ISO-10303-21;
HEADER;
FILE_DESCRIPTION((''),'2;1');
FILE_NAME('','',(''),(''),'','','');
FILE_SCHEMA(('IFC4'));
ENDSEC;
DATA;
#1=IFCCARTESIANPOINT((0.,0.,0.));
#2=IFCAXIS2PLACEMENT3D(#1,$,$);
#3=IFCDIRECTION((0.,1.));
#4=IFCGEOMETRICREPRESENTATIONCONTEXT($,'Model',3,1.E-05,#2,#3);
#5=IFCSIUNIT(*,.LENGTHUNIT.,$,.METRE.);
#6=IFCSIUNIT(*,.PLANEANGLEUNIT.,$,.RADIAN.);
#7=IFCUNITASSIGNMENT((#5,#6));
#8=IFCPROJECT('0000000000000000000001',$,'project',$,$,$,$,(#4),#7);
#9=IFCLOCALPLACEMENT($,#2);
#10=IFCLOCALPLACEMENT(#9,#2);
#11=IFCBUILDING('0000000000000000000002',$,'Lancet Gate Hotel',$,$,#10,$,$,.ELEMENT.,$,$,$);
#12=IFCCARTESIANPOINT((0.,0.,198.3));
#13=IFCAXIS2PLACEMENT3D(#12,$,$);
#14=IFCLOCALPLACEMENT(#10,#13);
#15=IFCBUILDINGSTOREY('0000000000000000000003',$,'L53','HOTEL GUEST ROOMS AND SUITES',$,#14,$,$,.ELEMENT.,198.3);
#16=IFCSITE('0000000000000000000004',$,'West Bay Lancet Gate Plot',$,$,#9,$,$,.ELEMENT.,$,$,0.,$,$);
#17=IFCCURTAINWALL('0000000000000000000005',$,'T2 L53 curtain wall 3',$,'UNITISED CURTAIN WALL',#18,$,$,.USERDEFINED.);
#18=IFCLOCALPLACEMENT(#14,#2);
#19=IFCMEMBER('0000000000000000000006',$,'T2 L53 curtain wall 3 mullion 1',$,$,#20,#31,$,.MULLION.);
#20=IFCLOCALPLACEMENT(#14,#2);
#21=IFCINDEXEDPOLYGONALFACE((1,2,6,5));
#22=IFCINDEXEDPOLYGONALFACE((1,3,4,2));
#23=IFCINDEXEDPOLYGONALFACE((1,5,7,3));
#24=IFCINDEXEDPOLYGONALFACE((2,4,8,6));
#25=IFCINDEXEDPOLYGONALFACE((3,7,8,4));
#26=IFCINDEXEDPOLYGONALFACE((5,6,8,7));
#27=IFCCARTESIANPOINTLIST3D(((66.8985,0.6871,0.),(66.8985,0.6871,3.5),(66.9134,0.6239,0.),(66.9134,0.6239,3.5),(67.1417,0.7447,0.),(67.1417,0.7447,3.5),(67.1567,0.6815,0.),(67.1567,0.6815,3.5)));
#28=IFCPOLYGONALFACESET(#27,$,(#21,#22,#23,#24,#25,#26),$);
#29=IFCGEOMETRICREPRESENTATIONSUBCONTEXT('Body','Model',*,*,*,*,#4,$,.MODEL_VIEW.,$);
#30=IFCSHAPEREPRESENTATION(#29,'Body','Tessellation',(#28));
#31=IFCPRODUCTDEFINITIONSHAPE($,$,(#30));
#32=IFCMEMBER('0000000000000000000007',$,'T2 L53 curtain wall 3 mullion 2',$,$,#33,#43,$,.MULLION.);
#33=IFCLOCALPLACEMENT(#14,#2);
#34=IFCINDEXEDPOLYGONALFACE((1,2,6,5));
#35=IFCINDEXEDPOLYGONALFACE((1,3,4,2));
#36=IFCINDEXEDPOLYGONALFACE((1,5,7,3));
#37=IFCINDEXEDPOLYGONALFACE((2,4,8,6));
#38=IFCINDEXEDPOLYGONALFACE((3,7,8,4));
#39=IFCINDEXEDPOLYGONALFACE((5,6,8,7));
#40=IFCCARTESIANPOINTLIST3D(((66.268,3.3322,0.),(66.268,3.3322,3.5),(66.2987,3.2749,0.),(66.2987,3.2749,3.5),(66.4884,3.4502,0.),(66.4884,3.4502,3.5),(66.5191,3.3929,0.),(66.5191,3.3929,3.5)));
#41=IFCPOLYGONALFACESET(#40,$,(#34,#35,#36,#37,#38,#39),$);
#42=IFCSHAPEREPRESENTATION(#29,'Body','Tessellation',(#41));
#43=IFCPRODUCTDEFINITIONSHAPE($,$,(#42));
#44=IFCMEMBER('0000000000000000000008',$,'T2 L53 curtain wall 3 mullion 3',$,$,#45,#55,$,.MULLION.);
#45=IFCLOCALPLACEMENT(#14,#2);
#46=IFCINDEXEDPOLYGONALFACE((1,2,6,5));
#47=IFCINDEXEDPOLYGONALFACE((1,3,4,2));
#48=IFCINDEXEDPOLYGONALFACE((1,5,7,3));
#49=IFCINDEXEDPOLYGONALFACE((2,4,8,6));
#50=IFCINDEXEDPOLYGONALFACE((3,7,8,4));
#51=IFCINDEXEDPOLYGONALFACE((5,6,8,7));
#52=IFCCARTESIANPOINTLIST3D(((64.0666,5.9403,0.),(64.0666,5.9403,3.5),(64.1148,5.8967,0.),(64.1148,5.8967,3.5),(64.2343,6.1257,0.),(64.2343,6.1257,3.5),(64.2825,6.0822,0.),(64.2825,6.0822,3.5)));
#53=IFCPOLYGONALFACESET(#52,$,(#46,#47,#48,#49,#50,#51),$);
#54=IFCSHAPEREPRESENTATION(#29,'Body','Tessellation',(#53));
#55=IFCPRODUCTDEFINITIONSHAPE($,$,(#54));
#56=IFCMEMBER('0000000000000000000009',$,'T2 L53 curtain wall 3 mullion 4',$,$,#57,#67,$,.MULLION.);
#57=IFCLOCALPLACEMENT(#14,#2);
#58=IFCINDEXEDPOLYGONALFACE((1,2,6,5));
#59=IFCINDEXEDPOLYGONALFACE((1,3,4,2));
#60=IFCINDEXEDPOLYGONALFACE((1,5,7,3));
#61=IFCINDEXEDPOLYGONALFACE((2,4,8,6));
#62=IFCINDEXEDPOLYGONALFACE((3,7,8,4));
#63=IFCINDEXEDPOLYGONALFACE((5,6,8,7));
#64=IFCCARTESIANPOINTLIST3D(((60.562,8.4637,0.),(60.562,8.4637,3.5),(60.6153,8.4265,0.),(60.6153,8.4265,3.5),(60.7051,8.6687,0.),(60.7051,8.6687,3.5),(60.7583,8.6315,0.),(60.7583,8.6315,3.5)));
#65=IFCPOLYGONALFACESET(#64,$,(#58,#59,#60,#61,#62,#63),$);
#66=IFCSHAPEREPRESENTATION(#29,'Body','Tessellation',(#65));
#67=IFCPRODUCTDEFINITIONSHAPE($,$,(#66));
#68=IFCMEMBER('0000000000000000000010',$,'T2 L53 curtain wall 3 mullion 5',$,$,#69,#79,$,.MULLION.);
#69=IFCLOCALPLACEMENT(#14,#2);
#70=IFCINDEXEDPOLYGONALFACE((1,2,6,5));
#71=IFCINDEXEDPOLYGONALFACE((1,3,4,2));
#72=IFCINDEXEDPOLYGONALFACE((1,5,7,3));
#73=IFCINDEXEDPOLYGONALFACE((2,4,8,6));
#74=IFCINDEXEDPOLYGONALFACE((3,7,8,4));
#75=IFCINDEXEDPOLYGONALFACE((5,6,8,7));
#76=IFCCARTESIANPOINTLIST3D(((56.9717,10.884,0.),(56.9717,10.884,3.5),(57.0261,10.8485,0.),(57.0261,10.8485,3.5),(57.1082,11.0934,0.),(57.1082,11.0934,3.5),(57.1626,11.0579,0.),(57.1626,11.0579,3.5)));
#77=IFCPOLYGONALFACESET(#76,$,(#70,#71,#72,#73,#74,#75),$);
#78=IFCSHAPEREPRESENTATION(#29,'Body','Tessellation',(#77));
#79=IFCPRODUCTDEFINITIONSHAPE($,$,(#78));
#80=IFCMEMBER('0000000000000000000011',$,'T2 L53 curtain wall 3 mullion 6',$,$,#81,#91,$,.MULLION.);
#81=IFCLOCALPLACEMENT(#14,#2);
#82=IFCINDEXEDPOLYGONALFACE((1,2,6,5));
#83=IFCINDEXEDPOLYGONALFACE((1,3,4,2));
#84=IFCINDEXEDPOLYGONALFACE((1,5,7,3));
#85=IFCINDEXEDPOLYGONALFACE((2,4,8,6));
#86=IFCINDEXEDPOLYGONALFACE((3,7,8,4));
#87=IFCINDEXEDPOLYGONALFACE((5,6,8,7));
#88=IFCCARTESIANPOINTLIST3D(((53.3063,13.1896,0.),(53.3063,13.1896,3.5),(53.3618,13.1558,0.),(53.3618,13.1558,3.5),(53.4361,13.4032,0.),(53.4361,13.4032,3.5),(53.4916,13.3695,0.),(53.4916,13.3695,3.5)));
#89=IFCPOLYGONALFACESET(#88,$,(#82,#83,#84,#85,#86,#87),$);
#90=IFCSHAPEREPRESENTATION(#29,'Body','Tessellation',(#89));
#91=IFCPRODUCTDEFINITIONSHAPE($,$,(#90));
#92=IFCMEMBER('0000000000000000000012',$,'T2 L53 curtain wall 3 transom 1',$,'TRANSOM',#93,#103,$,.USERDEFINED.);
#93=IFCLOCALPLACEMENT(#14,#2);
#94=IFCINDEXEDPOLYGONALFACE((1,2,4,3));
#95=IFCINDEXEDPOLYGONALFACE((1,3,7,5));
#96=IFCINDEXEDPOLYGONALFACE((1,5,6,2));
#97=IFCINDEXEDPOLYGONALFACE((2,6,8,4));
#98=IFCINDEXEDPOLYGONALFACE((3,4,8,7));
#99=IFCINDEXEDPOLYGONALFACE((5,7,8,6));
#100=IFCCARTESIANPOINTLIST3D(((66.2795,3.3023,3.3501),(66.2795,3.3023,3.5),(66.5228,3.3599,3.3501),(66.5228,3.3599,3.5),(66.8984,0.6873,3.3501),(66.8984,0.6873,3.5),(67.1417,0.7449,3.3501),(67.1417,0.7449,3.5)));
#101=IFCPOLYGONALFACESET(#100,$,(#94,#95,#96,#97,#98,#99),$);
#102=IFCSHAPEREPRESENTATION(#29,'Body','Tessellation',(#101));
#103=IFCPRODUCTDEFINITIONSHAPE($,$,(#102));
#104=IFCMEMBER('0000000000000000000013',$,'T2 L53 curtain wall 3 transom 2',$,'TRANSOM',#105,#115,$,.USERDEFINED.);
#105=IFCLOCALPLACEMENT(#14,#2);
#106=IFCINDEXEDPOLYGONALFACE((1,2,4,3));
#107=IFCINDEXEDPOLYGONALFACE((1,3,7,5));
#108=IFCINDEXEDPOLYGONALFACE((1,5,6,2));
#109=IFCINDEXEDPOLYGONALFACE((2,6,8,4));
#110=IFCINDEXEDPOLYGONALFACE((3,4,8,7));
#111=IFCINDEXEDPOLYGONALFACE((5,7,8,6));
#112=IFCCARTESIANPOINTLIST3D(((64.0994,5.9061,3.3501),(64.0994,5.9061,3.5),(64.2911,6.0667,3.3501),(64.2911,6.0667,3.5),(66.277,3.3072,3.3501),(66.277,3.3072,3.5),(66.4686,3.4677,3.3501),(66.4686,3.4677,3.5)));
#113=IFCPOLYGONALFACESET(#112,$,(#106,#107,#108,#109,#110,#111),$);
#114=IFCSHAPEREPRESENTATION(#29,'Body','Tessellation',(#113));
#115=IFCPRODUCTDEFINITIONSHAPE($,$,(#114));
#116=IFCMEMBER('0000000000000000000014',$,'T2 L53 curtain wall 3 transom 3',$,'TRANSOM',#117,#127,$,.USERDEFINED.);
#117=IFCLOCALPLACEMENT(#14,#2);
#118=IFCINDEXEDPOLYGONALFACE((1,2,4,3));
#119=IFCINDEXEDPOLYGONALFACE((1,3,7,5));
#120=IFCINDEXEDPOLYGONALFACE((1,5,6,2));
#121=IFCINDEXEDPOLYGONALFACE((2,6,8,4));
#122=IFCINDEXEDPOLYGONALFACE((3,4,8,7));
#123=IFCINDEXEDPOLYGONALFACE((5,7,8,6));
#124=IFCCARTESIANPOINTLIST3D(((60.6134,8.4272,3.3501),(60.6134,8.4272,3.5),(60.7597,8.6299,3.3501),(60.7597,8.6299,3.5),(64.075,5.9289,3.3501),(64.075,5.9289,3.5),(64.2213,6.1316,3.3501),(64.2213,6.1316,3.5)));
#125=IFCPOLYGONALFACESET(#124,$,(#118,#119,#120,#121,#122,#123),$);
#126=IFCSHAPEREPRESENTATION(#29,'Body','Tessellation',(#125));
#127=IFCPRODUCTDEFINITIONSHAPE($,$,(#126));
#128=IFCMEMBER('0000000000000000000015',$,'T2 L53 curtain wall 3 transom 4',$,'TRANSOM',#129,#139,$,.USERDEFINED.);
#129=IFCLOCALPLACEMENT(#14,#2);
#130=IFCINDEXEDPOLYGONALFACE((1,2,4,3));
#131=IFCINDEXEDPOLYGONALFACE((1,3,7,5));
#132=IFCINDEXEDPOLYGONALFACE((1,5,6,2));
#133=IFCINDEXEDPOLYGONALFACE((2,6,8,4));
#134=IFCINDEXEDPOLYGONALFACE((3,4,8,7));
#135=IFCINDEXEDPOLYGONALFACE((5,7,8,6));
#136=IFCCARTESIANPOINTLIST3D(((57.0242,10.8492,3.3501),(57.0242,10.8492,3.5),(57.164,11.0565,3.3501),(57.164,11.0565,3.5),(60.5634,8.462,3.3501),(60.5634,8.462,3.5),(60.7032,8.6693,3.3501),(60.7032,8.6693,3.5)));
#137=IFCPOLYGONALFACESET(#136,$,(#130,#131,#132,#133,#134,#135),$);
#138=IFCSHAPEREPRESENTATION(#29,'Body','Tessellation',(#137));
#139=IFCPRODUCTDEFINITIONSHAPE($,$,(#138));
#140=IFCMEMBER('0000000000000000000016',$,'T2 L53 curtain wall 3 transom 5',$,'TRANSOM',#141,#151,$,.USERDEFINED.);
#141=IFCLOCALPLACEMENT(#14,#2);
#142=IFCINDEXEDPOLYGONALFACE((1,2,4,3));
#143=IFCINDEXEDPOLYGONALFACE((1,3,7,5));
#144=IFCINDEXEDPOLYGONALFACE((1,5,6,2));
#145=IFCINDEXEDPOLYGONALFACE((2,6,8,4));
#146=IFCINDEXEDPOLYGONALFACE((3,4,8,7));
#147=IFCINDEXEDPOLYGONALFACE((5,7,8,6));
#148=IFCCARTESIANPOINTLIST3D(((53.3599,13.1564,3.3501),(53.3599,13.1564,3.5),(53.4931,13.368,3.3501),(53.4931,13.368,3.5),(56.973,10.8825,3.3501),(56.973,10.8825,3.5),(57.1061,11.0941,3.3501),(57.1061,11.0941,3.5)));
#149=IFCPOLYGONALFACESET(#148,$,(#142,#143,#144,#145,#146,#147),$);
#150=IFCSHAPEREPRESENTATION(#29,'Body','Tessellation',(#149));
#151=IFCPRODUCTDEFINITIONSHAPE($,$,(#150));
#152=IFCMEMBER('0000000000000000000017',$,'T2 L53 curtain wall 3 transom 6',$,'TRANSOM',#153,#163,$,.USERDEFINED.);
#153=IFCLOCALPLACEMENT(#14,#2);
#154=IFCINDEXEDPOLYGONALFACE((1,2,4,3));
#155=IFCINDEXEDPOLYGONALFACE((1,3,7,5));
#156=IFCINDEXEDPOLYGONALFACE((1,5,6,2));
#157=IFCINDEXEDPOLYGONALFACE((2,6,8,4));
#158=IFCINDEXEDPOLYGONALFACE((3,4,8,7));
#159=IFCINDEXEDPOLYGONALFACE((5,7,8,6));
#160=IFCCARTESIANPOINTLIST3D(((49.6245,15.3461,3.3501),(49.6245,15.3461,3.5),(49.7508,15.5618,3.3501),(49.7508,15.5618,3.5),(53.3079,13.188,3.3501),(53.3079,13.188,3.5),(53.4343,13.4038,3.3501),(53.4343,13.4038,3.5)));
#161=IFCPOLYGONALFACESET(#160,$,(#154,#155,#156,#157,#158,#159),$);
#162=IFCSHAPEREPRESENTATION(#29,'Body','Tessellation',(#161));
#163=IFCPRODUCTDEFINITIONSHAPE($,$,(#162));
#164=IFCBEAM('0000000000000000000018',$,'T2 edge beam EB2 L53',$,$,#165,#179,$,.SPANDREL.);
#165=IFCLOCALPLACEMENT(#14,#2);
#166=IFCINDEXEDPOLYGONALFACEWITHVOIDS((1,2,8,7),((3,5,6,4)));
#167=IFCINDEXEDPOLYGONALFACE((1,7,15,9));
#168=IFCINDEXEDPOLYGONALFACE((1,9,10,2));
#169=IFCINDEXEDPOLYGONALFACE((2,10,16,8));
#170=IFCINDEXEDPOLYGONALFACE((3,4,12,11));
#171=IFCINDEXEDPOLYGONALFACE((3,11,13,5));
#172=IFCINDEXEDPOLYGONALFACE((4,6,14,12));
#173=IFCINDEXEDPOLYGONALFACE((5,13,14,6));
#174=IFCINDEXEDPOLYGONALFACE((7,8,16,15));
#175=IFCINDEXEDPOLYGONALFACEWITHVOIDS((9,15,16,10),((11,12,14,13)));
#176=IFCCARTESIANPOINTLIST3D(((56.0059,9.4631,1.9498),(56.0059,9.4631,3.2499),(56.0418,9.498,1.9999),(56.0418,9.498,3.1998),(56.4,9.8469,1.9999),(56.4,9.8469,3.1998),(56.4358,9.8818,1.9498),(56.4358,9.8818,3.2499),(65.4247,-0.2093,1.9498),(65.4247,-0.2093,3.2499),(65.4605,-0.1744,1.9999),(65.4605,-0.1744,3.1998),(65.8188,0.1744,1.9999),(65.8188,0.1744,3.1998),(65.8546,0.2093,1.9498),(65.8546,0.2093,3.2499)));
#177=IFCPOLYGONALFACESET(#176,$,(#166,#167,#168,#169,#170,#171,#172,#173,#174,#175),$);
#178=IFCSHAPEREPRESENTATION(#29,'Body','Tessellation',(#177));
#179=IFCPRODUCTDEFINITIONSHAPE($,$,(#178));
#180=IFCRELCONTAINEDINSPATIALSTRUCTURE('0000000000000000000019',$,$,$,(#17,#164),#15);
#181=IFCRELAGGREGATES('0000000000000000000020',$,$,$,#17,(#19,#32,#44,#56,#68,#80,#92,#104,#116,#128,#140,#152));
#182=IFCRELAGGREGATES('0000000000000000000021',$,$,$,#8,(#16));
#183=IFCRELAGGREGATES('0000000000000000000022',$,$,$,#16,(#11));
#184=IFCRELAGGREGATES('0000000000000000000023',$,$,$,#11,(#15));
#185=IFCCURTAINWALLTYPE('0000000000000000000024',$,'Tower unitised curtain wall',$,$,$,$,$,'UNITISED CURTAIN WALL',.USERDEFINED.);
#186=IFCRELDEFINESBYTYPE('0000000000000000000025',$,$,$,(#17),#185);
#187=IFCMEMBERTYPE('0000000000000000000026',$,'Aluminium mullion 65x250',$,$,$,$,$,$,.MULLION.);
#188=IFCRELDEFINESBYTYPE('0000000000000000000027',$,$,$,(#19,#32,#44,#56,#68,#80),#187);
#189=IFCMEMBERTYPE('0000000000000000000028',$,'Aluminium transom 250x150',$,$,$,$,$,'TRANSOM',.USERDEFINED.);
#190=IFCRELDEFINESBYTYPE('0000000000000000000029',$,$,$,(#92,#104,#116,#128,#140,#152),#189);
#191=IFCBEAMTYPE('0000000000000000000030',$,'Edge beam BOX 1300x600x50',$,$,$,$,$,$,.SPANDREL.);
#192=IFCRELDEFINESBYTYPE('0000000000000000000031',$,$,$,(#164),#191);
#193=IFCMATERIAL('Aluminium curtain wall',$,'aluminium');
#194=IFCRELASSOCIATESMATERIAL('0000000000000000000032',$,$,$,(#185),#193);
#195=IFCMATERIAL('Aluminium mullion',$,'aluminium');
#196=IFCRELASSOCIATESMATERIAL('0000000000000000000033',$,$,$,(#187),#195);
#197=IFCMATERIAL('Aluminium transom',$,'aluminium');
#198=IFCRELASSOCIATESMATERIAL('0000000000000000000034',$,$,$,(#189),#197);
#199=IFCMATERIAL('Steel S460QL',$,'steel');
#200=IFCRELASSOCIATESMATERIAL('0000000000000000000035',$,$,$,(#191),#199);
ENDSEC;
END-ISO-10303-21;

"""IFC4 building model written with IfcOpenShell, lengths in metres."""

from ifc_helpers import new_model, si_unit, direction, frame, origin, origin_2d, place, context, subcontext, project, spatial, rectangle, hollow_rectangle, extrude, material, material_profile, profile_set, type_object, element, aggregate, save


model = new_model("IFC4")

# Units and contexts
model_context = context("Model", 3, precision=1e-05, world=origin(), true_north=direction((0.0, 1.0)))
body_context = subcontext(model_context, "Body", "Model", "MODEL_VIEW")
ifc_project = project(units=[si_unit("LENGTHUNIT", "METRE"), si_unit("PLANEANGLEUNIT", "RADIAN")], contexts=[model_context])

# Site, building, storey
site_placement = place(None, origin())
site = spatial("IfcSite", under=ifc_project, at=site_placement, Name="West Bay Lancet Gate Plot", CompositionType="ELEMENT", RefElevation=0.0)
building_placement = place(site_placement, origin())
building = spatial("IfcBuilding", under=site, at=building_placement, Name="Lancet Gate Hotel", CompositionType="ELEMENT")
storey_placement = place(building_placement, frame((0.0, 0.0, 198.3)))
storey = spatial("IfcBuildingStorey", under=building, at=storey_placement, Name="L53", Description="HOTEL GUEST ROOMS AND SUITES", CompositionType="ELEMENT", Elevation=198.3)

# Curtain wall, members
ifc_material_1 = material(Name="Aluminium curtain wall", Category="aluminium")
curtain_wall_type = type_object("IfcCurtainWallType", Name="Tower unitised curtain wall", ElementType="UNITISED CURTAIN WALL", PredefinedType="USERDEFINED", material=ifc_material_1)
curtain_wall_placement = place(storey_placement, origin())
curtain_wall = element("IfcCurtainWall", 1, at=curtain_wall_placement, inside=storey, type_object=curtain_wall_type, Name="T2 L53 curtain wall 3", ObjectType="UNITISED CURTAIN WALL", PredefinedType="USERDEFINED")
ifc_material_2 = material(Name="Aluminium mullion", Category="aluminium")
ifc_material_profile_1 = material_profile(ifc_material_2, rectangle(XDim=0.0649, YDim=0.25, at=origin_2d()), Name="MULLION 65x250")
ifc_profile_set_1 = profile_set([ifc_material_profile_1], Name="Aluminium mullion")
member_type_1 = type_object("IfcMemberType", Name="Aluminium mullion 65x250", PredefinedType="MULLION", material=ifc_profile_set_1)
member_1_placement = place(storey_placement, frame((67.0276, 0.6843, 0.0), z_axis=(0.0, 0.0, 1.0), x_axis=(-0.230367, 0.973104, 0.0)))
member_1 = element("IfcMember", 2, at=member_1_placement, type_object=member_type_1, Name="T2 L53 curtain wall 3 mullion 1", PredefinedType="MULLION", context=body_context, shape_type="SweptSolid", body=[
    extrude(rectangle(XDim=0.0649, YDim=0.25, at=origin_2d()), origin(), (0.0, 0.0, 1.0), 3.5),
])
member_2_placement = place(storey_placement, frame((66.3936, 3.3625, 0.0), z_axis=(0.0, 0.0, 1.0), x_axis=(-0.472146, 0.88152, 0.0)))
member_2 = element("IfcMember", 3, at=member_2_placement, type_object=member_type_1, Name="T2 L53 curtain wall 3 mullion 2", PredefinedType="MULLION", context=body_context, shape_type="SweptSolid", body=[
    extrude(rectangle(XDim=0.0649, YDim=0.25, at=origin_2d()), origin(), (0.0, 0.0, 1.0), 3.5),
])
member_3_placement = place(storey_placement, frame((64.1746, 6.0112, 0.0), z_axis=(0.0, 0.0, 1.0), x_axis=(-0.741693, 0.670739, 0.0)))
member_3 = element("IfcMember", 4, at=member_3_placement, type_object=member_type_1, Name="T2 L53 curtain wall 3 mullion 3", PredefinedType="MULLION", context=body_context, shape_type="SweptSolid", body=[
    extrude(rectangle(XDim=0.0649, YDim=0.25, at=origin_2d()), origin(), (0.0, 0.0, 1.0), 3.5),
])
member_4_placement = place(storey_placement, frame((60.6602, 8.5476, 0.0), z_axis=(0.0, 0.0, 1.0), x_axis=(-0.820068, 0.572266, 0.0)))
member_4 = element("IfcMember", 5, at=member_4_placement, type_object=member_type_1, Name="T2 L53 curtain wall 3 mullion 4", PredefinedType="MULLION", context=body_context, shape_type="SweptSolid", body=[
    extrude(rectangle(XDim=0.0649, YDim=0.25, at=origin_2d()), origin(), (0.0, 0.0, 1.0), 3.5),
])
member_5_placement = place(storey_placement, frame((57.0671, 10.9709, 0.0), z_axis=(0.0, 0.0, 1.0), x_axis=(-0.837801, 0.545976, 0.0)))
member_5 = element("IfcMember", 6, at=member_5_placement, type_object=member_type_1, Name="T2 L53 curtain wall 3 mullion 5", PredefinedType="MULLION", context=body_context, shape_type="SweptSolid", body=[
    extrude(rectangle(XDim=0.0649, YDim=0.25, at=origin_2d()), origin(), (0.0, 0.0, 1.0), 3.5),
])
member_6_placement = place(storey_placement, frame((53.3989, 13.2795, 0.0), z_axis=(0.0, 0.0, 1.0), x_axis=(-0.854691, 0.519137, 0.0)))
member_6 = element("IfcMember", 7, at=member_6_placement, type_object=member_type_1, Name="T2 L53 curtain wall 3 mullion 6", PredefinedType="MULLION", context=body_context, shape_type="SweptSolid", body=[
    extrude(rectangle(XDim=0.0649, YDim=0.25, at=origin_2d()), origin(), (0.0, 0.0, 1.0), 3.5),
])
ifc_material_3 = material(Name="Aluminium transom", Category="aluminium")
ifc_material_profile_2 = material_profile(ifc_material_3, rectangle(XDim=0.25, YDim=0.1499, at=origin_2d()), Name="TRANSOM 250x150")
ifc_profile_set_2 = profile_set([ifc_material_profile_2], Name="Aluminium transom")
member_type_2 = type_object("IfcMemberType", Name="Aluminium transom 250x150", ElementType="TRANSOM", PredefinedType="USERDEFINED", material=ifc_profile_set_2)
member_7_placement = place(storey_placement, frame((67.02, 0.7161, 3.425), z_axis=(-0.23031, 0.973117, 0.0), x_axis=(-0.973117, -0.23031, 0.0)))
member_7 = element("IfcMember", 8, at=member_7_placement, type_object=member_type_2, Name="T2 L53 curtain wall 3 transom 1", ObjectType="TRANSOM", PredefinedType="USERDEFINED", context=body_context, shape_type="SweptSolid", body=[
    extrude(rectangle(XDim=0.25, YDim=0.1499, at=origin_2d()), origin(), (0.0, 0.0, 1.0), 2.6873),
])
member_8_placement = place(storey_placement, frame((66.3728, 3.3875, 3.425), z_axis=(-0.642229, 0.766513, 0.0), x_axis=(-0.766513, -0.642229, 0.0)))
member_8 = element("IfcMember", 9, at=member_8_placement, type_object=member_type_2, Name="T2 L53 curtain wall 3 transom 2", ObjectType="TRANSOM", PredefinedType="USERDEFINED", context=body_context, shape_type="SweptSolid", body=[
    extrude(rectangle(XDim=0.25, YDim=0.1499, at=origin_2d()), origin(), (0.0, 0.0, 1.0), 3.3906),
])
member_9_placement = place(storey_placement, frame((64.1482, 6.0303, 3.425), z_axis=(-0.81088, 0.585213, 0.0), x_axis=(-0.585213, -0.81088, 0.0)))
member_9 = element("IfcMember", 10, at=member_9_placement, type_object=member_type_2, Name="T2 L53 curtain wall 3 transom 3", ObjectType="TRANSOM", PredefinedType="USERDEFINED", context=body_context, shape_type="SweptSolid", body=[
    extrude(rectangle(XDim=0.25, YDim=0.1499, at=origin_2d()), origin(), (0.0, 0.0, 1.0), 4.269),
])
member_10_placement = place(storey_placement, frame((60.6333, 8.5657, 3.425), z_axis=(-0.829047, 0.559179, 0.0), x_axis=(-0.559179, -0.829047, 0.0)))
member_10 = element("IfcMember", 11, at=member_10_placement, type_object=member_type_2, Name="T2 L53 curtain wall 3 transom 4", ObjectType="TRANSOM", PredefinedType="USERDEFINED", context=body_context, shape_type="SweptSolid", body=[
    extrude(rectangle(XDim=0.25, YDim=0.1499, at=origin_2d()), origin(), (0.0, 0.0, 1.0), 4.269),
])
member_11_placement = place(storey_placement, frame((57.0396, 10.9883, 3.425), z_axis=(-0.846333, 0.532654, 0.0), x_axis=(-0.532654, -0.846333, 0.0)))
member_11 = element("IfcMember", 12, at=member_11_placement, type_object=member_type_2, Name="T2 L53 curtain wall 3 transom 5", ObjectType="TRANSOM", PredefinedType="USERDEFINED", context=body_context, shape_type="SweptSolid", body=[
    extrude(rectangle(XDim=0.25, YDim=0.1499, at=origin_2d()), origin(), (0.0, 0.0, 1.0), 4.269),
])
member_12_placement = place(storey_placement, frame((53.3711, 13.2959, 3.425), z_axis=(-0.862825, 0.505502, 0.0), x_axis=(-0.505502, -0.862825, 0.0)))
member_12 = element("IfcMember", 13, at=member_12_placement, type_object=member_type_2, Name="T2 L53 curtain wall 3 transom 6", ObjectType="TRANSOM", PredefinedType="USERDEFINED", context=body_context, shape_type="SweptSolid", body=[
    extrude(rectangle(XDim=0.25, YDim=0.1499, at=origin_2d()), origin(), (0.0, 0.0, 1.0), 4.269),
])

# Beam
ifc_material_4 = material(Name="Steel S460QL", Category="steel")
ifc_material_profile_3 = material_profile(ifc_material_4, hollow_rectangle(XDim=0.6001, YDim=1.3, WallThickness=0.05, at=origin_2d()), Name="BOX 1300x600x50")
ifc_profile_set_3 = profile_set([ifc_material_profile_3], Name="Steel S460QL")
beam_type_1 = type_object("IfcBeamType", Name="Edge beam BOX 1300x600x50", PredefinedType="SPANDREL", material=ifc_profile_set_3)
beam_1_placement = place(storey_placement, frame((65.6396, 0.0, 2.5999), z_axis=(-0.69765, 0.716439, 0.0), x_axis=(-0.716439, -0.69765, 0.0)))
element("IfcBeam", 14, at=beam_1_placement, inside=storey, type_object=beam_type_1, Name="T2 edge beam EB2 L53", PredefinedType="SPANDREL", context=body_context, shape_type="SweptSolid", body=[
    extrude(hollow_rectangle(XDim=0.6001, YDim=1.3, WallThickness=0.05, at=origin_2d()), origin(), (0.0, 0.0, 1.0), 13.5007),
])

aggregate(curtain_wall, [member_1, member_2, member_3, member_4, member_5, member_6, member_7, member_8, member_9, member_10, member_11, member_12])

save(model, "model.ifc")
